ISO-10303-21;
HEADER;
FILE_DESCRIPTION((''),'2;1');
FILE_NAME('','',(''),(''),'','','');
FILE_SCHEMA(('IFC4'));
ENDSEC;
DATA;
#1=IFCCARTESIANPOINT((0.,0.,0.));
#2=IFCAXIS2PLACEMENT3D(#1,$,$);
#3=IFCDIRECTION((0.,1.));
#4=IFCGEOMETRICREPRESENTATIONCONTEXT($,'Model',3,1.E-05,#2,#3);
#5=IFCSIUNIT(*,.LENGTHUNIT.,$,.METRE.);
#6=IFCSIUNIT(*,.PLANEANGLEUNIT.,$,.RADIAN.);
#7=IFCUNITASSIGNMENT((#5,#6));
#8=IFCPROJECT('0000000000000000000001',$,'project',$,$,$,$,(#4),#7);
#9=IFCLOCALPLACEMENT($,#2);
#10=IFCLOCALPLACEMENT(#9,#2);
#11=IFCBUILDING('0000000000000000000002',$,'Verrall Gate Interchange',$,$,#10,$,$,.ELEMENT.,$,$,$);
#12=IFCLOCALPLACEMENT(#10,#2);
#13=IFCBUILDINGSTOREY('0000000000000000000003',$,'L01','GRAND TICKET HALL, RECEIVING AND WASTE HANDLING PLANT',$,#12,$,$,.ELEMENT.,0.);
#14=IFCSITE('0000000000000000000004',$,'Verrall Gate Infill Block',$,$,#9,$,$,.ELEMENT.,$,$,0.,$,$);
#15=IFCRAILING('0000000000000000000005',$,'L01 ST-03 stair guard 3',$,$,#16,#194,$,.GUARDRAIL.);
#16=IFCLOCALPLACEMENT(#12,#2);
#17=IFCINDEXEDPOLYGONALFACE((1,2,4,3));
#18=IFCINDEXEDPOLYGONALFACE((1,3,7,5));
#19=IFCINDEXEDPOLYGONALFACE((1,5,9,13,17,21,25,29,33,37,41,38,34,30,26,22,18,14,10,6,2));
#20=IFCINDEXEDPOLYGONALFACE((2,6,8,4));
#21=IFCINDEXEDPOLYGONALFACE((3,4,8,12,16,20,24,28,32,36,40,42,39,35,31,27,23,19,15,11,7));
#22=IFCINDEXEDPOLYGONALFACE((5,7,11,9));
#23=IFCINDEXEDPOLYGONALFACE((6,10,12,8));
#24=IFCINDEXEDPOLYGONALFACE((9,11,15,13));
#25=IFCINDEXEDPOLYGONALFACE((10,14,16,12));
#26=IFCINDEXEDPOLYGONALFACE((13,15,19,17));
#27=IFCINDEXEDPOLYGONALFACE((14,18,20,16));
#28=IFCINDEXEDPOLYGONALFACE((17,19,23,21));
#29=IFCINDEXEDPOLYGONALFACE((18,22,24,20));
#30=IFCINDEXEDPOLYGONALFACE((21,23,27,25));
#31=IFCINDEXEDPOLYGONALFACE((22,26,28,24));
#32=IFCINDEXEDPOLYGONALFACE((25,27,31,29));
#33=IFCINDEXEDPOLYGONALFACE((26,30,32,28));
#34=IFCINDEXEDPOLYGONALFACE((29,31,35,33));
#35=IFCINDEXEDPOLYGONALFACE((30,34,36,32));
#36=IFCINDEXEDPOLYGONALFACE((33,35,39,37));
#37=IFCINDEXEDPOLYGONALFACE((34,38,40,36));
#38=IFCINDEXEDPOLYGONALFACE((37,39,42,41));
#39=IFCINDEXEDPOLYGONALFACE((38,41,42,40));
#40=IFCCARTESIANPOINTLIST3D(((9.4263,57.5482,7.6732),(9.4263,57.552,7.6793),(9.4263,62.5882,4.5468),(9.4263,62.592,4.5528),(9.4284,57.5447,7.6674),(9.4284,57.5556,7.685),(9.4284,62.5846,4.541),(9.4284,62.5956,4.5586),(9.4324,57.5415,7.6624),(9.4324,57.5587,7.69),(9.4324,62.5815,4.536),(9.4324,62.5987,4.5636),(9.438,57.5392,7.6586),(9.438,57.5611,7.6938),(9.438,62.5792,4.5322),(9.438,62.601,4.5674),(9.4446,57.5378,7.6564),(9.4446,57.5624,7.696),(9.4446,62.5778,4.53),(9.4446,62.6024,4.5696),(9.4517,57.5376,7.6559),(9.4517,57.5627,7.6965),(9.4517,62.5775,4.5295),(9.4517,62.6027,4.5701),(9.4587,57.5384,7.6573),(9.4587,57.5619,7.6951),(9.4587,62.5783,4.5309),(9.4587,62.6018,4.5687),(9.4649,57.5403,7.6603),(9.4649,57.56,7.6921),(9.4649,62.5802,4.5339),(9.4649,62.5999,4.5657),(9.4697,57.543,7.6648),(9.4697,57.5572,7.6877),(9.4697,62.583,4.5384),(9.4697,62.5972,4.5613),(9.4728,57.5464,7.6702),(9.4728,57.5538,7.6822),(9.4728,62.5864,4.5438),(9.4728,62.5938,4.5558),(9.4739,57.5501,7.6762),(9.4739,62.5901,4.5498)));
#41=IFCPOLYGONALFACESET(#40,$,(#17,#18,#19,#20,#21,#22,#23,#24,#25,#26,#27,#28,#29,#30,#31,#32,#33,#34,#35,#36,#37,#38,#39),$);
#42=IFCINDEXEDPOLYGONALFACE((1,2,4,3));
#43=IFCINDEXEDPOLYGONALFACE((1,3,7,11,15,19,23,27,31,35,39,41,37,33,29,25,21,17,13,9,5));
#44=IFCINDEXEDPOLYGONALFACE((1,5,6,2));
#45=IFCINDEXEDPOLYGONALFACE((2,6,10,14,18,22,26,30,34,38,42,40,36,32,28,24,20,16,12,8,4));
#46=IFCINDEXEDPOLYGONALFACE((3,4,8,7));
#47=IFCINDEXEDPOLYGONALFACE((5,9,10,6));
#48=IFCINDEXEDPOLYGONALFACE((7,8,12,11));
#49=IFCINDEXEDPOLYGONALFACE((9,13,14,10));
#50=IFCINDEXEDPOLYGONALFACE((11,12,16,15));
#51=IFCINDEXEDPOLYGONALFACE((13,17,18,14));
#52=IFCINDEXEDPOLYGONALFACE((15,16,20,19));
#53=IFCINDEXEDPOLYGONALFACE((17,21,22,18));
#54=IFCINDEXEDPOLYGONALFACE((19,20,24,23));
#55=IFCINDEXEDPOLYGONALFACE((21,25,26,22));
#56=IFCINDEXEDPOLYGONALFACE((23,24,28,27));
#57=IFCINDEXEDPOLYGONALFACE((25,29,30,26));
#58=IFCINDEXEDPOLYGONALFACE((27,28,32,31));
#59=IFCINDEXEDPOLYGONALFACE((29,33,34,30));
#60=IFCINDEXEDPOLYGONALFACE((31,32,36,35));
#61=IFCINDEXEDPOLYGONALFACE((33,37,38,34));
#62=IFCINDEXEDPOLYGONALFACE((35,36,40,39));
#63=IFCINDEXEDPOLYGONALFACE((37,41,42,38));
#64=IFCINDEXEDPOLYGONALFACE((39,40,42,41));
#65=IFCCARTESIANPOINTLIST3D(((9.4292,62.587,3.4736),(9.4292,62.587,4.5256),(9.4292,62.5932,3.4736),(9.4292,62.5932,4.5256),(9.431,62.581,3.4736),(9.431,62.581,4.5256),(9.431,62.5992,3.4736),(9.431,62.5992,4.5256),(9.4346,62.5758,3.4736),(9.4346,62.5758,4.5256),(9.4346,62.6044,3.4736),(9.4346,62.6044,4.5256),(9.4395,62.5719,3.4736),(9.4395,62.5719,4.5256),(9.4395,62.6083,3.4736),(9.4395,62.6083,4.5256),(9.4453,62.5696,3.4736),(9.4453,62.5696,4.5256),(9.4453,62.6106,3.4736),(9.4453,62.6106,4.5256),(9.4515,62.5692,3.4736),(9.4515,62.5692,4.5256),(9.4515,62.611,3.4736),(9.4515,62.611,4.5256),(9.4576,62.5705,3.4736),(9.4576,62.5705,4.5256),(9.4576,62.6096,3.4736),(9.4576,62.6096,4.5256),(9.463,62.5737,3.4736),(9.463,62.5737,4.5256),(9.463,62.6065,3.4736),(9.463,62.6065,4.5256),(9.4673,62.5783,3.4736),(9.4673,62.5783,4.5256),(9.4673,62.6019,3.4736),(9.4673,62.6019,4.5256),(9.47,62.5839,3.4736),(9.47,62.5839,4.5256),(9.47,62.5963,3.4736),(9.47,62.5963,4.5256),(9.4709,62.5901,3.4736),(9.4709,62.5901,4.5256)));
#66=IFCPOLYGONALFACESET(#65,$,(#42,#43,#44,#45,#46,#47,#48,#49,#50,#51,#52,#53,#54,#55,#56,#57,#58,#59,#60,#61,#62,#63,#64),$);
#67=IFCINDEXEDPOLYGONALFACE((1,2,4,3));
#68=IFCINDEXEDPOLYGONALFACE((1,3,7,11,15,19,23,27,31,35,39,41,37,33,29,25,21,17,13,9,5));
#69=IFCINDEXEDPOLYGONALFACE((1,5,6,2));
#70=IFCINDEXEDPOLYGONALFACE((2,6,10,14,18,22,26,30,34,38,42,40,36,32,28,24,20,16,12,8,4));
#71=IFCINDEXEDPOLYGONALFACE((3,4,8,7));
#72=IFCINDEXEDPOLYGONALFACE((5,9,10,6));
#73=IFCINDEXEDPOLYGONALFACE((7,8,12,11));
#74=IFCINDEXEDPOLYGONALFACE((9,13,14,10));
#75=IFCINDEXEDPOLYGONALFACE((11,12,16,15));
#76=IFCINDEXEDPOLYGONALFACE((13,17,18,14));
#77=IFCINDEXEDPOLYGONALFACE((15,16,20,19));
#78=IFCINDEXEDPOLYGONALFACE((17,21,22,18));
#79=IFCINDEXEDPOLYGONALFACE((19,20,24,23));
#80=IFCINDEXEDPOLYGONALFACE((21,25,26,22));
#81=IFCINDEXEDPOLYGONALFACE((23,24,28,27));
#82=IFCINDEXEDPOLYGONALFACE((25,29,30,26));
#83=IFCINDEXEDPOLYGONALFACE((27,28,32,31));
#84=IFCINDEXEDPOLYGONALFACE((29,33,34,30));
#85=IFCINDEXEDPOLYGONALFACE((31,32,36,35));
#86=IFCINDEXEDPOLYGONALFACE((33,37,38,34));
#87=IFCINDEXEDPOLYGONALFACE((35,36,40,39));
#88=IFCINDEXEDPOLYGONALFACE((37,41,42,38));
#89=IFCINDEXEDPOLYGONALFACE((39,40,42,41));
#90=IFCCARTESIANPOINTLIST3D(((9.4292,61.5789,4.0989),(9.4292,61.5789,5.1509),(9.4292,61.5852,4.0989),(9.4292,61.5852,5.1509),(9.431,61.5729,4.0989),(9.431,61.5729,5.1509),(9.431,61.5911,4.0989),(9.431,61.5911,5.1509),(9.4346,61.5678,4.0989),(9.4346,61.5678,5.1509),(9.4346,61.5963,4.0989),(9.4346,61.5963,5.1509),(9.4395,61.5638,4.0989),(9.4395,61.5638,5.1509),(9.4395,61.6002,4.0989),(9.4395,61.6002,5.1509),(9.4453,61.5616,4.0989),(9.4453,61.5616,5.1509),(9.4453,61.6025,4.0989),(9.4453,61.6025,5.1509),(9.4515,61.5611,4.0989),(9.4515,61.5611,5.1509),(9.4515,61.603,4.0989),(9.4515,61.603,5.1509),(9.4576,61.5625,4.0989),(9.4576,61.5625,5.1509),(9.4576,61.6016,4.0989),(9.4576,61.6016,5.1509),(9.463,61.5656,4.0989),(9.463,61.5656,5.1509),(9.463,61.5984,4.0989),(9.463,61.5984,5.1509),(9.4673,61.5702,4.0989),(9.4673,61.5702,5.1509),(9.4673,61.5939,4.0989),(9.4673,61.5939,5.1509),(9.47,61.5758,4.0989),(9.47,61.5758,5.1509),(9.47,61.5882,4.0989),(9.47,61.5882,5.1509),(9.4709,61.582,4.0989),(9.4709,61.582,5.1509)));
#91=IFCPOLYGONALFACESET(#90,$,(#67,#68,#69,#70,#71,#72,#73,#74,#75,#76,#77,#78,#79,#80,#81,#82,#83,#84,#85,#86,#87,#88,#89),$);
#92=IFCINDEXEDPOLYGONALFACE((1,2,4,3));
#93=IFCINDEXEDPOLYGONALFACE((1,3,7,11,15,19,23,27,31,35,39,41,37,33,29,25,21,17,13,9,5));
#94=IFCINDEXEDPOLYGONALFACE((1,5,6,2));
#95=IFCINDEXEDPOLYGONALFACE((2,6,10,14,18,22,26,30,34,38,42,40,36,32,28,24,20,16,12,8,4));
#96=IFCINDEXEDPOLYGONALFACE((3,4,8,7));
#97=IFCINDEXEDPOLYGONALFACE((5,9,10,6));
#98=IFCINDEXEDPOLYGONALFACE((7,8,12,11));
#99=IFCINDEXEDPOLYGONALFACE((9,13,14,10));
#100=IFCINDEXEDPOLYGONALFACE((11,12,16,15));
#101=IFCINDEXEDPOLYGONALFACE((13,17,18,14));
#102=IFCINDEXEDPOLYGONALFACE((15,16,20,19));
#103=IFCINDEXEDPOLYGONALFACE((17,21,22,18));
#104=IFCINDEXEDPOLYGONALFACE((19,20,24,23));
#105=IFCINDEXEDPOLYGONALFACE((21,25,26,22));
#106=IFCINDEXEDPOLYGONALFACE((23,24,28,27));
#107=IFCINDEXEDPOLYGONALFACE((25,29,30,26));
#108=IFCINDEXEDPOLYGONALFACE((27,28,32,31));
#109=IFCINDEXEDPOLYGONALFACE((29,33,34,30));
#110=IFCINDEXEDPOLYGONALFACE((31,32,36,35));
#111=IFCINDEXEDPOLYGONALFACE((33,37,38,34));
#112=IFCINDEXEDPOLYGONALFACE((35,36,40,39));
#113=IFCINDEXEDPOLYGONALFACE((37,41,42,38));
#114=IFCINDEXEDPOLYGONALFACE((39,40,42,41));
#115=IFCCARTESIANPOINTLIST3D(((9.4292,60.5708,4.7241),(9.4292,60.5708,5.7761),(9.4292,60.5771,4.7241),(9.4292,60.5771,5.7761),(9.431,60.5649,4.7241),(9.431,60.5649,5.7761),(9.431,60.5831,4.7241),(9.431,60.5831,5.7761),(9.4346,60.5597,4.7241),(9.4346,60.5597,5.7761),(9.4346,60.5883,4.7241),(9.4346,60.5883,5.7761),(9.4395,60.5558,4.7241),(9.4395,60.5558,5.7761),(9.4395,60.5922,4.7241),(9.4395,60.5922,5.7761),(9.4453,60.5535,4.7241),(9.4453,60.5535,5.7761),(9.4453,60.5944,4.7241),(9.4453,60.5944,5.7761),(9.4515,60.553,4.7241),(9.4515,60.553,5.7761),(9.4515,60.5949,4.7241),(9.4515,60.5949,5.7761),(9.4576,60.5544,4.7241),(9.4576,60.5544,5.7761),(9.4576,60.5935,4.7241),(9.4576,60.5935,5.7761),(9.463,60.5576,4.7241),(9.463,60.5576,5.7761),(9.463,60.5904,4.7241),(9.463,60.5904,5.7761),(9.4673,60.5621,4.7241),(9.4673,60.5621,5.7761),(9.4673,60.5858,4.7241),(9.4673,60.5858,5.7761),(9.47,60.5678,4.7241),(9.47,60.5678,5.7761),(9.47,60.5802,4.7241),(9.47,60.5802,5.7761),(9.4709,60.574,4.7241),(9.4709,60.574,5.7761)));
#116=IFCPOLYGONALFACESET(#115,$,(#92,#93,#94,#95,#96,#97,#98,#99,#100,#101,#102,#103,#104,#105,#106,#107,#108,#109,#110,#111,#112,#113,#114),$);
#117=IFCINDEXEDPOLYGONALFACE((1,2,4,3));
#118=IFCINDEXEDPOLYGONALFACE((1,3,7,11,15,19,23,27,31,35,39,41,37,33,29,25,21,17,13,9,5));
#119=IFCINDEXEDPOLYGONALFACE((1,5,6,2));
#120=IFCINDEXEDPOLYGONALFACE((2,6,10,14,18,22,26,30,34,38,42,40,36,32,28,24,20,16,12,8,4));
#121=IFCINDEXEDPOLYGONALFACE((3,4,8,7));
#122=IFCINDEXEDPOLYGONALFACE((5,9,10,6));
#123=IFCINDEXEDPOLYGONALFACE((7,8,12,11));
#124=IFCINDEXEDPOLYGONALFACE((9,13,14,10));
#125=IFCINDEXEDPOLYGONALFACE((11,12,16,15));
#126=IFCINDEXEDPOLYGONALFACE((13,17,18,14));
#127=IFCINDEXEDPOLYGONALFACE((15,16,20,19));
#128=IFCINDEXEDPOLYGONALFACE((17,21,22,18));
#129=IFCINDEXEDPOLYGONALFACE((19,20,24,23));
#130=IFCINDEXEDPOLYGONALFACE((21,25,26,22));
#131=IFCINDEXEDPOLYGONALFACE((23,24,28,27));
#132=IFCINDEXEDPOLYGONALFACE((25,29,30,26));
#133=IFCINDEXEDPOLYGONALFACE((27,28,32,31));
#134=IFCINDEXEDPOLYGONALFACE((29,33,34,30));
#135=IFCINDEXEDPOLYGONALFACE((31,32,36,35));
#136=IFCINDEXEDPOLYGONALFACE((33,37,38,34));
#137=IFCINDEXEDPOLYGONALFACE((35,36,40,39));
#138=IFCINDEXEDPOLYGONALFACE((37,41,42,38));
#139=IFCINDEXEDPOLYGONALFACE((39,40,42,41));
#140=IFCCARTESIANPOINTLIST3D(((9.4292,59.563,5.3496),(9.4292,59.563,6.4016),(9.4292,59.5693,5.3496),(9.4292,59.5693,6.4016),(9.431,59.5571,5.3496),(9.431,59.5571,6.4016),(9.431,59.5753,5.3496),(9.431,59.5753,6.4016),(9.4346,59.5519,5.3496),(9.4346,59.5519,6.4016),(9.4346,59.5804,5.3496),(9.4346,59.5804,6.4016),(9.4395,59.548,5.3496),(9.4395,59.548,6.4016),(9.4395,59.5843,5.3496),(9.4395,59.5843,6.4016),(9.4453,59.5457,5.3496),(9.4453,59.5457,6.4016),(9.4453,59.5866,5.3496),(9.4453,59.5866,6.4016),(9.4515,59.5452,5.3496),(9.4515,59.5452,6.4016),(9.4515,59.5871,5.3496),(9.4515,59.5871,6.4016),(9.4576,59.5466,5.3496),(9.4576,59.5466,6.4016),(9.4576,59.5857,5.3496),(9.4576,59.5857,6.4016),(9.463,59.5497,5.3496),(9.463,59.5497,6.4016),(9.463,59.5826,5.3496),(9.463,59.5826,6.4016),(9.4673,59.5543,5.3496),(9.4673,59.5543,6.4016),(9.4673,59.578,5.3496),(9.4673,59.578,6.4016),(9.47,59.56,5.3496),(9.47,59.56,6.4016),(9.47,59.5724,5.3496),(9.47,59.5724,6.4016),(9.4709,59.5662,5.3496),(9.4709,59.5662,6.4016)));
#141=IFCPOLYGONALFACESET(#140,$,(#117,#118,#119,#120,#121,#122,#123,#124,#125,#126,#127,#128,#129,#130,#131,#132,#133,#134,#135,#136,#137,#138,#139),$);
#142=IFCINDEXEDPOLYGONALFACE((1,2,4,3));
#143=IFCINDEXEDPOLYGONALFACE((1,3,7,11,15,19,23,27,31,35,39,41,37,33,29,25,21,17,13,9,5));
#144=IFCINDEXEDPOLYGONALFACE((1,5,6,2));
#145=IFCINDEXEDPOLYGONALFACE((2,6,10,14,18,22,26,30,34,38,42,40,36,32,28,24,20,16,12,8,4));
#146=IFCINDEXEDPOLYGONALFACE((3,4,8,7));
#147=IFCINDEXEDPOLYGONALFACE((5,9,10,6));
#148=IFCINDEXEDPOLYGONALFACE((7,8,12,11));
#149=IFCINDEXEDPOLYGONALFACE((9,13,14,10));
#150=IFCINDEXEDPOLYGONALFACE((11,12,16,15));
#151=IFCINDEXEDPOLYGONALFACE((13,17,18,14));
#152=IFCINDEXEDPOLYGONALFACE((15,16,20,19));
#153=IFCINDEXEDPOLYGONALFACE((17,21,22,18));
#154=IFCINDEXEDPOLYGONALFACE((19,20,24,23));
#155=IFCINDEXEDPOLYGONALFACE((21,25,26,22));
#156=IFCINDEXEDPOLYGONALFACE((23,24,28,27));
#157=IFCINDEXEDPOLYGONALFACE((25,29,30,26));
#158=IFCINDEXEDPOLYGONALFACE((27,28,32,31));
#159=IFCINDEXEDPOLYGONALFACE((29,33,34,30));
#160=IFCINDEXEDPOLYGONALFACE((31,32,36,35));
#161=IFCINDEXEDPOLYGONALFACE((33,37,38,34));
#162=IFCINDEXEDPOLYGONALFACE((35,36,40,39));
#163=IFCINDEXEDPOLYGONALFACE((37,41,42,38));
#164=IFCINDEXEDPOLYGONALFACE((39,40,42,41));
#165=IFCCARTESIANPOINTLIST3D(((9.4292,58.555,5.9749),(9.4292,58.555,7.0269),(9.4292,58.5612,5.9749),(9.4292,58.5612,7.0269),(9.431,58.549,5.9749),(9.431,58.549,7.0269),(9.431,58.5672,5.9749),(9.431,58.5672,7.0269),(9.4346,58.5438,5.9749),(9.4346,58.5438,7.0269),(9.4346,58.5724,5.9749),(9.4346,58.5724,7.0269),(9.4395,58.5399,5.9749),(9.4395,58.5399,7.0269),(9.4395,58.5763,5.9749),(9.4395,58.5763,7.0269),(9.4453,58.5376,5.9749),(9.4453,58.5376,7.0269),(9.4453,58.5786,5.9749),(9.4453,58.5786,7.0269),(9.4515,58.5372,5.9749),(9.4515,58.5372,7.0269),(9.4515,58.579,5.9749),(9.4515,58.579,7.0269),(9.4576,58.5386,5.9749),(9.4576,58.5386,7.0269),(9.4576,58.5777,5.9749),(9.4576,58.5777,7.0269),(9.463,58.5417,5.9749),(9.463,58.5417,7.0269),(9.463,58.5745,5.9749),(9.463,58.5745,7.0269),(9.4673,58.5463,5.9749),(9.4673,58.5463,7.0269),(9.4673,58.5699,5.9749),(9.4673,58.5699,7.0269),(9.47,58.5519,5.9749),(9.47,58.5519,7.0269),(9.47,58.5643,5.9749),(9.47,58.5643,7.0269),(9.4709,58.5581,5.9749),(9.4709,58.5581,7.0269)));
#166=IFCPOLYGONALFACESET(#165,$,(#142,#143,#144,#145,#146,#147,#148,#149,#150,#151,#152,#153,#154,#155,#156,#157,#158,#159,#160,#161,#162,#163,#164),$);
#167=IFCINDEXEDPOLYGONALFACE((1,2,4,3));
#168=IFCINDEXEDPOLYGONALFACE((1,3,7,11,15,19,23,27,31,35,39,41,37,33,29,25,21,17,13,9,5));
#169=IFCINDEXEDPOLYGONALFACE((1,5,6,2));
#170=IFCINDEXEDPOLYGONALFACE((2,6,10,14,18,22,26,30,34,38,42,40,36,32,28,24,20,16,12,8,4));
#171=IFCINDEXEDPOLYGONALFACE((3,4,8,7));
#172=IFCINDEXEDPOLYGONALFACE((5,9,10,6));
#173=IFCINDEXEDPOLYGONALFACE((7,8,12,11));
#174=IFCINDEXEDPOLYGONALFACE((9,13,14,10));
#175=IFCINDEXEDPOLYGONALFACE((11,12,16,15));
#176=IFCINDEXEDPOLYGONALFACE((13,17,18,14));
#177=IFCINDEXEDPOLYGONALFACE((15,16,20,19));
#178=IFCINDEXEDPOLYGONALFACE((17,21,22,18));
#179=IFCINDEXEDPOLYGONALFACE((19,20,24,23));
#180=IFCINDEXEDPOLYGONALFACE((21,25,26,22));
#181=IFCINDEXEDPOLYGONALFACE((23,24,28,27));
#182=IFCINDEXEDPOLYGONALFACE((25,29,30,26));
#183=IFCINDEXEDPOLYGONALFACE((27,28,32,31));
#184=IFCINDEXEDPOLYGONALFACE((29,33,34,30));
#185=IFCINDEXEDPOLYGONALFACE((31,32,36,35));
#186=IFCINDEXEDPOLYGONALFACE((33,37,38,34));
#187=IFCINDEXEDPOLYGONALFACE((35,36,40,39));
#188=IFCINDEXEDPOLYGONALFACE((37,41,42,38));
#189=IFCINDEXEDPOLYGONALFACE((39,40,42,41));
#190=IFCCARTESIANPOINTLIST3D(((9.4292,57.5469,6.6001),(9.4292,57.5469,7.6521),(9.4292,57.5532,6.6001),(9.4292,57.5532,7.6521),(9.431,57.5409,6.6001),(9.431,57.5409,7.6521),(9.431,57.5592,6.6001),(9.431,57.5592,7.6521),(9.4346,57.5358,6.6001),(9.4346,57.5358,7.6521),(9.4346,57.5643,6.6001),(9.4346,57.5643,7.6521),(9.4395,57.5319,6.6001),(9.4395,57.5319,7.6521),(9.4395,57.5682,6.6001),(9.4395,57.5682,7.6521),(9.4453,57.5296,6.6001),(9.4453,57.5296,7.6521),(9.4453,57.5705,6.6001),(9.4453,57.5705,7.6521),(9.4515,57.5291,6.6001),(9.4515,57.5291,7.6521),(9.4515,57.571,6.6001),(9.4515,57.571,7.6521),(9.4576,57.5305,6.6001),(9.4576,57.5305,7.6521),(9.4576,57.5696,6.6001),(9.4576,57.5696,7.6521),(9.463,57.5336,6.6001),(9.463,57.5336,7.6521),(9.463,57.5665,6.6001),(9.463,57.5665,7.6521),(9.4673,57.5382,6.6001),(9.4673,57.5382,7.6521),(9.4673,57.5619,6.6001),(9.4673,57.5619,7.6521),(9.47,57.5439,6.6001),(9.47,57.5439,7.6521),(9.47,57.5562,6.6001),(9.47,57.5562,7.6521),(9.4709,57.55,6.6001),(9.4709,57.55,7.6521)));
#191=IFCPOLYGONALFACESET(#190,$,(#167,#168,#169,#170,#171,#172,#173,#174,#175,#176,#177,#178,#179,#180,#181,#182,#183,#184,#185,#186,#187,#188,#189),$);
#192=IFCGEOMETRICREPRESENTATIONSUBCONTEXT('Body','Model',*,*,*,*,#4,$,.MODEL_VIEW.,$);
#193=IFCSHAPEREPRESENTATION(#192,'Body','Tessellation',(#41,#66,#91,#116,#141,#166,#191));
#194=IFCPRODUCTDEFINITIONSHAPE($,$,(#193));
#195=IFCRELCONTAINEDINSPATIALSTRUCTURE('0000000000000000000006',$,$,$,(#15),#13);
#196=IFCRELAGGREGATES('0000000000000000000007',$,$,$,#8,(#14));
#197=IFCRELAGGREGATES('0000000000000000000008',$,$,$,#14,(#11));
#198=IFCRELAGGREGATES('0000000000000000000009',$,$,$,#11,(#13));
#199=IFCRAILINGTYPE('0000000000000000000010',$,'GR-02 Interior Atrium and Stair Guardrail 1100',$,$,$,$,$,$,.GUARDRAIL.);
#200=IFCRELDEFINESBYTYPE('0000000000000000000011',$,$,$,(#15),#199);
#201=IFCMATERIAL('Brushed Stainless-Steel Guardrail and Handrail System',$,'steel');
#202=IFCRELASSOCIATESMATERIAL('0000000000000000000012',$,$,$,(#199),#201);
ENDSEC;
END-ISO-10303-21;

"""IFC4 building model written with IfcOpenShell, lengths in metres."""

from ifc_helpers import new_model, si_unit, direction, frame, origin, origin_2d, place, context, subcontext, project, spatial, circle, extrude, material, type_object, element, save


model = new_model("IFC4")

# Units and contexts
model_context = context("Model", 3, precision=1e-05, world=origin(), true_north=direction((0.0, 1.0)))
body_context = subcontext(model_context, "Body", "Model", "MODEL_VIEW")
ifc_project = project(units=[si_unit("LENGTHUNIT", "METRE"), si_unit("PLANEANGLEUNIT", "RADIAN")], contexts=[model_context])

# Site, building, storey
site_placement = place(None, origin())
site = spatial("IfcSite", under=ifc_project, at=site_placement, Name="Verrall Gate Infill Block", CompositionType="ELEMENT", RefElevation=0.0)
building_placement = place(site_placement, origin())
building = spatial("IfcBuilding", under=site, at=building_placement, Name="Verrall Gate Interchange", CompositionType="ELEMENT")
storey_placement = place(building_placement, origin())
storey = spatial("IfcBuildingStorey", under=building, at=storey_placement, Name="L01", Description="GRAND TICKET HALL, RECEIVING AND WASTE HANDLING PLANT", CompositionType="ELEMENT", Elevation=0.0)

# Railing
ifc_material_1 = material(Name="Brushed Stainless-Steel Guardrail and Handrail System", Category="steel")
railing_type_1 = type_object("IfcRailingType", Name="GR-02 Interior Atrium and Stair Guardrail 1100", PredefinedType="GUARDRAIL", material=ifc_material_1)
railing_1_placement = place(storey_placement, frame((9.45, 62.5901, 3.4736)))
element("IfcRailing", 1, at=railing_1_placement, inside=storey, type_object=railing_type_1, Name="L01 ST-03 stair guard 3", PredefinedType="GUARDRAIL", context=body_context, shape_type="SweptSolid", body=[
    extrude(circle(Radius=0.0239, at=origin_2d()), frame((0.0, 0.0, 1.0762), z_axis=(0.0, -0.849779, 0.527139), x_axis=(1.0, 0.0, 0.0)), (0.0, 0.0, 1.0), 5.9309),
    extrude(circle(Radius=0.021, at=origin_2d()), origin(), (0.0, 0.0, 1.0), 1.052),
    extrude(circle(Radius=0.021, at=origin_2d()), frame((0.0, -1.0081, 0.6252)), (0.0, 0.0, 1.0), 1.052),
    extrude(circle(Radius=0.021, at=origin_2d()), frame((0.0, -2.0161, 1.2505)), (0.0, 0.0, 1.0), 1.052),
    extrude(circle(Radius=0.021, at=origin_2d()), frame((0.0, -3.0239, 1.876)), (0.0, 0.0, 1.0), 1.052),
    extrude(circle(Radius=0.021, at=origin_2d()), frame((0.0, -4.032, 2.5012)), (0.0, 0.0, 1.0), 1.052),
    extrude(circle(Radius=0.021, at=origin_2d()), frame((0.0, -5.04, 3.1265)), (0.0, 0.0, 1.0), 1.052),
])

save(model, "model.ifc")
